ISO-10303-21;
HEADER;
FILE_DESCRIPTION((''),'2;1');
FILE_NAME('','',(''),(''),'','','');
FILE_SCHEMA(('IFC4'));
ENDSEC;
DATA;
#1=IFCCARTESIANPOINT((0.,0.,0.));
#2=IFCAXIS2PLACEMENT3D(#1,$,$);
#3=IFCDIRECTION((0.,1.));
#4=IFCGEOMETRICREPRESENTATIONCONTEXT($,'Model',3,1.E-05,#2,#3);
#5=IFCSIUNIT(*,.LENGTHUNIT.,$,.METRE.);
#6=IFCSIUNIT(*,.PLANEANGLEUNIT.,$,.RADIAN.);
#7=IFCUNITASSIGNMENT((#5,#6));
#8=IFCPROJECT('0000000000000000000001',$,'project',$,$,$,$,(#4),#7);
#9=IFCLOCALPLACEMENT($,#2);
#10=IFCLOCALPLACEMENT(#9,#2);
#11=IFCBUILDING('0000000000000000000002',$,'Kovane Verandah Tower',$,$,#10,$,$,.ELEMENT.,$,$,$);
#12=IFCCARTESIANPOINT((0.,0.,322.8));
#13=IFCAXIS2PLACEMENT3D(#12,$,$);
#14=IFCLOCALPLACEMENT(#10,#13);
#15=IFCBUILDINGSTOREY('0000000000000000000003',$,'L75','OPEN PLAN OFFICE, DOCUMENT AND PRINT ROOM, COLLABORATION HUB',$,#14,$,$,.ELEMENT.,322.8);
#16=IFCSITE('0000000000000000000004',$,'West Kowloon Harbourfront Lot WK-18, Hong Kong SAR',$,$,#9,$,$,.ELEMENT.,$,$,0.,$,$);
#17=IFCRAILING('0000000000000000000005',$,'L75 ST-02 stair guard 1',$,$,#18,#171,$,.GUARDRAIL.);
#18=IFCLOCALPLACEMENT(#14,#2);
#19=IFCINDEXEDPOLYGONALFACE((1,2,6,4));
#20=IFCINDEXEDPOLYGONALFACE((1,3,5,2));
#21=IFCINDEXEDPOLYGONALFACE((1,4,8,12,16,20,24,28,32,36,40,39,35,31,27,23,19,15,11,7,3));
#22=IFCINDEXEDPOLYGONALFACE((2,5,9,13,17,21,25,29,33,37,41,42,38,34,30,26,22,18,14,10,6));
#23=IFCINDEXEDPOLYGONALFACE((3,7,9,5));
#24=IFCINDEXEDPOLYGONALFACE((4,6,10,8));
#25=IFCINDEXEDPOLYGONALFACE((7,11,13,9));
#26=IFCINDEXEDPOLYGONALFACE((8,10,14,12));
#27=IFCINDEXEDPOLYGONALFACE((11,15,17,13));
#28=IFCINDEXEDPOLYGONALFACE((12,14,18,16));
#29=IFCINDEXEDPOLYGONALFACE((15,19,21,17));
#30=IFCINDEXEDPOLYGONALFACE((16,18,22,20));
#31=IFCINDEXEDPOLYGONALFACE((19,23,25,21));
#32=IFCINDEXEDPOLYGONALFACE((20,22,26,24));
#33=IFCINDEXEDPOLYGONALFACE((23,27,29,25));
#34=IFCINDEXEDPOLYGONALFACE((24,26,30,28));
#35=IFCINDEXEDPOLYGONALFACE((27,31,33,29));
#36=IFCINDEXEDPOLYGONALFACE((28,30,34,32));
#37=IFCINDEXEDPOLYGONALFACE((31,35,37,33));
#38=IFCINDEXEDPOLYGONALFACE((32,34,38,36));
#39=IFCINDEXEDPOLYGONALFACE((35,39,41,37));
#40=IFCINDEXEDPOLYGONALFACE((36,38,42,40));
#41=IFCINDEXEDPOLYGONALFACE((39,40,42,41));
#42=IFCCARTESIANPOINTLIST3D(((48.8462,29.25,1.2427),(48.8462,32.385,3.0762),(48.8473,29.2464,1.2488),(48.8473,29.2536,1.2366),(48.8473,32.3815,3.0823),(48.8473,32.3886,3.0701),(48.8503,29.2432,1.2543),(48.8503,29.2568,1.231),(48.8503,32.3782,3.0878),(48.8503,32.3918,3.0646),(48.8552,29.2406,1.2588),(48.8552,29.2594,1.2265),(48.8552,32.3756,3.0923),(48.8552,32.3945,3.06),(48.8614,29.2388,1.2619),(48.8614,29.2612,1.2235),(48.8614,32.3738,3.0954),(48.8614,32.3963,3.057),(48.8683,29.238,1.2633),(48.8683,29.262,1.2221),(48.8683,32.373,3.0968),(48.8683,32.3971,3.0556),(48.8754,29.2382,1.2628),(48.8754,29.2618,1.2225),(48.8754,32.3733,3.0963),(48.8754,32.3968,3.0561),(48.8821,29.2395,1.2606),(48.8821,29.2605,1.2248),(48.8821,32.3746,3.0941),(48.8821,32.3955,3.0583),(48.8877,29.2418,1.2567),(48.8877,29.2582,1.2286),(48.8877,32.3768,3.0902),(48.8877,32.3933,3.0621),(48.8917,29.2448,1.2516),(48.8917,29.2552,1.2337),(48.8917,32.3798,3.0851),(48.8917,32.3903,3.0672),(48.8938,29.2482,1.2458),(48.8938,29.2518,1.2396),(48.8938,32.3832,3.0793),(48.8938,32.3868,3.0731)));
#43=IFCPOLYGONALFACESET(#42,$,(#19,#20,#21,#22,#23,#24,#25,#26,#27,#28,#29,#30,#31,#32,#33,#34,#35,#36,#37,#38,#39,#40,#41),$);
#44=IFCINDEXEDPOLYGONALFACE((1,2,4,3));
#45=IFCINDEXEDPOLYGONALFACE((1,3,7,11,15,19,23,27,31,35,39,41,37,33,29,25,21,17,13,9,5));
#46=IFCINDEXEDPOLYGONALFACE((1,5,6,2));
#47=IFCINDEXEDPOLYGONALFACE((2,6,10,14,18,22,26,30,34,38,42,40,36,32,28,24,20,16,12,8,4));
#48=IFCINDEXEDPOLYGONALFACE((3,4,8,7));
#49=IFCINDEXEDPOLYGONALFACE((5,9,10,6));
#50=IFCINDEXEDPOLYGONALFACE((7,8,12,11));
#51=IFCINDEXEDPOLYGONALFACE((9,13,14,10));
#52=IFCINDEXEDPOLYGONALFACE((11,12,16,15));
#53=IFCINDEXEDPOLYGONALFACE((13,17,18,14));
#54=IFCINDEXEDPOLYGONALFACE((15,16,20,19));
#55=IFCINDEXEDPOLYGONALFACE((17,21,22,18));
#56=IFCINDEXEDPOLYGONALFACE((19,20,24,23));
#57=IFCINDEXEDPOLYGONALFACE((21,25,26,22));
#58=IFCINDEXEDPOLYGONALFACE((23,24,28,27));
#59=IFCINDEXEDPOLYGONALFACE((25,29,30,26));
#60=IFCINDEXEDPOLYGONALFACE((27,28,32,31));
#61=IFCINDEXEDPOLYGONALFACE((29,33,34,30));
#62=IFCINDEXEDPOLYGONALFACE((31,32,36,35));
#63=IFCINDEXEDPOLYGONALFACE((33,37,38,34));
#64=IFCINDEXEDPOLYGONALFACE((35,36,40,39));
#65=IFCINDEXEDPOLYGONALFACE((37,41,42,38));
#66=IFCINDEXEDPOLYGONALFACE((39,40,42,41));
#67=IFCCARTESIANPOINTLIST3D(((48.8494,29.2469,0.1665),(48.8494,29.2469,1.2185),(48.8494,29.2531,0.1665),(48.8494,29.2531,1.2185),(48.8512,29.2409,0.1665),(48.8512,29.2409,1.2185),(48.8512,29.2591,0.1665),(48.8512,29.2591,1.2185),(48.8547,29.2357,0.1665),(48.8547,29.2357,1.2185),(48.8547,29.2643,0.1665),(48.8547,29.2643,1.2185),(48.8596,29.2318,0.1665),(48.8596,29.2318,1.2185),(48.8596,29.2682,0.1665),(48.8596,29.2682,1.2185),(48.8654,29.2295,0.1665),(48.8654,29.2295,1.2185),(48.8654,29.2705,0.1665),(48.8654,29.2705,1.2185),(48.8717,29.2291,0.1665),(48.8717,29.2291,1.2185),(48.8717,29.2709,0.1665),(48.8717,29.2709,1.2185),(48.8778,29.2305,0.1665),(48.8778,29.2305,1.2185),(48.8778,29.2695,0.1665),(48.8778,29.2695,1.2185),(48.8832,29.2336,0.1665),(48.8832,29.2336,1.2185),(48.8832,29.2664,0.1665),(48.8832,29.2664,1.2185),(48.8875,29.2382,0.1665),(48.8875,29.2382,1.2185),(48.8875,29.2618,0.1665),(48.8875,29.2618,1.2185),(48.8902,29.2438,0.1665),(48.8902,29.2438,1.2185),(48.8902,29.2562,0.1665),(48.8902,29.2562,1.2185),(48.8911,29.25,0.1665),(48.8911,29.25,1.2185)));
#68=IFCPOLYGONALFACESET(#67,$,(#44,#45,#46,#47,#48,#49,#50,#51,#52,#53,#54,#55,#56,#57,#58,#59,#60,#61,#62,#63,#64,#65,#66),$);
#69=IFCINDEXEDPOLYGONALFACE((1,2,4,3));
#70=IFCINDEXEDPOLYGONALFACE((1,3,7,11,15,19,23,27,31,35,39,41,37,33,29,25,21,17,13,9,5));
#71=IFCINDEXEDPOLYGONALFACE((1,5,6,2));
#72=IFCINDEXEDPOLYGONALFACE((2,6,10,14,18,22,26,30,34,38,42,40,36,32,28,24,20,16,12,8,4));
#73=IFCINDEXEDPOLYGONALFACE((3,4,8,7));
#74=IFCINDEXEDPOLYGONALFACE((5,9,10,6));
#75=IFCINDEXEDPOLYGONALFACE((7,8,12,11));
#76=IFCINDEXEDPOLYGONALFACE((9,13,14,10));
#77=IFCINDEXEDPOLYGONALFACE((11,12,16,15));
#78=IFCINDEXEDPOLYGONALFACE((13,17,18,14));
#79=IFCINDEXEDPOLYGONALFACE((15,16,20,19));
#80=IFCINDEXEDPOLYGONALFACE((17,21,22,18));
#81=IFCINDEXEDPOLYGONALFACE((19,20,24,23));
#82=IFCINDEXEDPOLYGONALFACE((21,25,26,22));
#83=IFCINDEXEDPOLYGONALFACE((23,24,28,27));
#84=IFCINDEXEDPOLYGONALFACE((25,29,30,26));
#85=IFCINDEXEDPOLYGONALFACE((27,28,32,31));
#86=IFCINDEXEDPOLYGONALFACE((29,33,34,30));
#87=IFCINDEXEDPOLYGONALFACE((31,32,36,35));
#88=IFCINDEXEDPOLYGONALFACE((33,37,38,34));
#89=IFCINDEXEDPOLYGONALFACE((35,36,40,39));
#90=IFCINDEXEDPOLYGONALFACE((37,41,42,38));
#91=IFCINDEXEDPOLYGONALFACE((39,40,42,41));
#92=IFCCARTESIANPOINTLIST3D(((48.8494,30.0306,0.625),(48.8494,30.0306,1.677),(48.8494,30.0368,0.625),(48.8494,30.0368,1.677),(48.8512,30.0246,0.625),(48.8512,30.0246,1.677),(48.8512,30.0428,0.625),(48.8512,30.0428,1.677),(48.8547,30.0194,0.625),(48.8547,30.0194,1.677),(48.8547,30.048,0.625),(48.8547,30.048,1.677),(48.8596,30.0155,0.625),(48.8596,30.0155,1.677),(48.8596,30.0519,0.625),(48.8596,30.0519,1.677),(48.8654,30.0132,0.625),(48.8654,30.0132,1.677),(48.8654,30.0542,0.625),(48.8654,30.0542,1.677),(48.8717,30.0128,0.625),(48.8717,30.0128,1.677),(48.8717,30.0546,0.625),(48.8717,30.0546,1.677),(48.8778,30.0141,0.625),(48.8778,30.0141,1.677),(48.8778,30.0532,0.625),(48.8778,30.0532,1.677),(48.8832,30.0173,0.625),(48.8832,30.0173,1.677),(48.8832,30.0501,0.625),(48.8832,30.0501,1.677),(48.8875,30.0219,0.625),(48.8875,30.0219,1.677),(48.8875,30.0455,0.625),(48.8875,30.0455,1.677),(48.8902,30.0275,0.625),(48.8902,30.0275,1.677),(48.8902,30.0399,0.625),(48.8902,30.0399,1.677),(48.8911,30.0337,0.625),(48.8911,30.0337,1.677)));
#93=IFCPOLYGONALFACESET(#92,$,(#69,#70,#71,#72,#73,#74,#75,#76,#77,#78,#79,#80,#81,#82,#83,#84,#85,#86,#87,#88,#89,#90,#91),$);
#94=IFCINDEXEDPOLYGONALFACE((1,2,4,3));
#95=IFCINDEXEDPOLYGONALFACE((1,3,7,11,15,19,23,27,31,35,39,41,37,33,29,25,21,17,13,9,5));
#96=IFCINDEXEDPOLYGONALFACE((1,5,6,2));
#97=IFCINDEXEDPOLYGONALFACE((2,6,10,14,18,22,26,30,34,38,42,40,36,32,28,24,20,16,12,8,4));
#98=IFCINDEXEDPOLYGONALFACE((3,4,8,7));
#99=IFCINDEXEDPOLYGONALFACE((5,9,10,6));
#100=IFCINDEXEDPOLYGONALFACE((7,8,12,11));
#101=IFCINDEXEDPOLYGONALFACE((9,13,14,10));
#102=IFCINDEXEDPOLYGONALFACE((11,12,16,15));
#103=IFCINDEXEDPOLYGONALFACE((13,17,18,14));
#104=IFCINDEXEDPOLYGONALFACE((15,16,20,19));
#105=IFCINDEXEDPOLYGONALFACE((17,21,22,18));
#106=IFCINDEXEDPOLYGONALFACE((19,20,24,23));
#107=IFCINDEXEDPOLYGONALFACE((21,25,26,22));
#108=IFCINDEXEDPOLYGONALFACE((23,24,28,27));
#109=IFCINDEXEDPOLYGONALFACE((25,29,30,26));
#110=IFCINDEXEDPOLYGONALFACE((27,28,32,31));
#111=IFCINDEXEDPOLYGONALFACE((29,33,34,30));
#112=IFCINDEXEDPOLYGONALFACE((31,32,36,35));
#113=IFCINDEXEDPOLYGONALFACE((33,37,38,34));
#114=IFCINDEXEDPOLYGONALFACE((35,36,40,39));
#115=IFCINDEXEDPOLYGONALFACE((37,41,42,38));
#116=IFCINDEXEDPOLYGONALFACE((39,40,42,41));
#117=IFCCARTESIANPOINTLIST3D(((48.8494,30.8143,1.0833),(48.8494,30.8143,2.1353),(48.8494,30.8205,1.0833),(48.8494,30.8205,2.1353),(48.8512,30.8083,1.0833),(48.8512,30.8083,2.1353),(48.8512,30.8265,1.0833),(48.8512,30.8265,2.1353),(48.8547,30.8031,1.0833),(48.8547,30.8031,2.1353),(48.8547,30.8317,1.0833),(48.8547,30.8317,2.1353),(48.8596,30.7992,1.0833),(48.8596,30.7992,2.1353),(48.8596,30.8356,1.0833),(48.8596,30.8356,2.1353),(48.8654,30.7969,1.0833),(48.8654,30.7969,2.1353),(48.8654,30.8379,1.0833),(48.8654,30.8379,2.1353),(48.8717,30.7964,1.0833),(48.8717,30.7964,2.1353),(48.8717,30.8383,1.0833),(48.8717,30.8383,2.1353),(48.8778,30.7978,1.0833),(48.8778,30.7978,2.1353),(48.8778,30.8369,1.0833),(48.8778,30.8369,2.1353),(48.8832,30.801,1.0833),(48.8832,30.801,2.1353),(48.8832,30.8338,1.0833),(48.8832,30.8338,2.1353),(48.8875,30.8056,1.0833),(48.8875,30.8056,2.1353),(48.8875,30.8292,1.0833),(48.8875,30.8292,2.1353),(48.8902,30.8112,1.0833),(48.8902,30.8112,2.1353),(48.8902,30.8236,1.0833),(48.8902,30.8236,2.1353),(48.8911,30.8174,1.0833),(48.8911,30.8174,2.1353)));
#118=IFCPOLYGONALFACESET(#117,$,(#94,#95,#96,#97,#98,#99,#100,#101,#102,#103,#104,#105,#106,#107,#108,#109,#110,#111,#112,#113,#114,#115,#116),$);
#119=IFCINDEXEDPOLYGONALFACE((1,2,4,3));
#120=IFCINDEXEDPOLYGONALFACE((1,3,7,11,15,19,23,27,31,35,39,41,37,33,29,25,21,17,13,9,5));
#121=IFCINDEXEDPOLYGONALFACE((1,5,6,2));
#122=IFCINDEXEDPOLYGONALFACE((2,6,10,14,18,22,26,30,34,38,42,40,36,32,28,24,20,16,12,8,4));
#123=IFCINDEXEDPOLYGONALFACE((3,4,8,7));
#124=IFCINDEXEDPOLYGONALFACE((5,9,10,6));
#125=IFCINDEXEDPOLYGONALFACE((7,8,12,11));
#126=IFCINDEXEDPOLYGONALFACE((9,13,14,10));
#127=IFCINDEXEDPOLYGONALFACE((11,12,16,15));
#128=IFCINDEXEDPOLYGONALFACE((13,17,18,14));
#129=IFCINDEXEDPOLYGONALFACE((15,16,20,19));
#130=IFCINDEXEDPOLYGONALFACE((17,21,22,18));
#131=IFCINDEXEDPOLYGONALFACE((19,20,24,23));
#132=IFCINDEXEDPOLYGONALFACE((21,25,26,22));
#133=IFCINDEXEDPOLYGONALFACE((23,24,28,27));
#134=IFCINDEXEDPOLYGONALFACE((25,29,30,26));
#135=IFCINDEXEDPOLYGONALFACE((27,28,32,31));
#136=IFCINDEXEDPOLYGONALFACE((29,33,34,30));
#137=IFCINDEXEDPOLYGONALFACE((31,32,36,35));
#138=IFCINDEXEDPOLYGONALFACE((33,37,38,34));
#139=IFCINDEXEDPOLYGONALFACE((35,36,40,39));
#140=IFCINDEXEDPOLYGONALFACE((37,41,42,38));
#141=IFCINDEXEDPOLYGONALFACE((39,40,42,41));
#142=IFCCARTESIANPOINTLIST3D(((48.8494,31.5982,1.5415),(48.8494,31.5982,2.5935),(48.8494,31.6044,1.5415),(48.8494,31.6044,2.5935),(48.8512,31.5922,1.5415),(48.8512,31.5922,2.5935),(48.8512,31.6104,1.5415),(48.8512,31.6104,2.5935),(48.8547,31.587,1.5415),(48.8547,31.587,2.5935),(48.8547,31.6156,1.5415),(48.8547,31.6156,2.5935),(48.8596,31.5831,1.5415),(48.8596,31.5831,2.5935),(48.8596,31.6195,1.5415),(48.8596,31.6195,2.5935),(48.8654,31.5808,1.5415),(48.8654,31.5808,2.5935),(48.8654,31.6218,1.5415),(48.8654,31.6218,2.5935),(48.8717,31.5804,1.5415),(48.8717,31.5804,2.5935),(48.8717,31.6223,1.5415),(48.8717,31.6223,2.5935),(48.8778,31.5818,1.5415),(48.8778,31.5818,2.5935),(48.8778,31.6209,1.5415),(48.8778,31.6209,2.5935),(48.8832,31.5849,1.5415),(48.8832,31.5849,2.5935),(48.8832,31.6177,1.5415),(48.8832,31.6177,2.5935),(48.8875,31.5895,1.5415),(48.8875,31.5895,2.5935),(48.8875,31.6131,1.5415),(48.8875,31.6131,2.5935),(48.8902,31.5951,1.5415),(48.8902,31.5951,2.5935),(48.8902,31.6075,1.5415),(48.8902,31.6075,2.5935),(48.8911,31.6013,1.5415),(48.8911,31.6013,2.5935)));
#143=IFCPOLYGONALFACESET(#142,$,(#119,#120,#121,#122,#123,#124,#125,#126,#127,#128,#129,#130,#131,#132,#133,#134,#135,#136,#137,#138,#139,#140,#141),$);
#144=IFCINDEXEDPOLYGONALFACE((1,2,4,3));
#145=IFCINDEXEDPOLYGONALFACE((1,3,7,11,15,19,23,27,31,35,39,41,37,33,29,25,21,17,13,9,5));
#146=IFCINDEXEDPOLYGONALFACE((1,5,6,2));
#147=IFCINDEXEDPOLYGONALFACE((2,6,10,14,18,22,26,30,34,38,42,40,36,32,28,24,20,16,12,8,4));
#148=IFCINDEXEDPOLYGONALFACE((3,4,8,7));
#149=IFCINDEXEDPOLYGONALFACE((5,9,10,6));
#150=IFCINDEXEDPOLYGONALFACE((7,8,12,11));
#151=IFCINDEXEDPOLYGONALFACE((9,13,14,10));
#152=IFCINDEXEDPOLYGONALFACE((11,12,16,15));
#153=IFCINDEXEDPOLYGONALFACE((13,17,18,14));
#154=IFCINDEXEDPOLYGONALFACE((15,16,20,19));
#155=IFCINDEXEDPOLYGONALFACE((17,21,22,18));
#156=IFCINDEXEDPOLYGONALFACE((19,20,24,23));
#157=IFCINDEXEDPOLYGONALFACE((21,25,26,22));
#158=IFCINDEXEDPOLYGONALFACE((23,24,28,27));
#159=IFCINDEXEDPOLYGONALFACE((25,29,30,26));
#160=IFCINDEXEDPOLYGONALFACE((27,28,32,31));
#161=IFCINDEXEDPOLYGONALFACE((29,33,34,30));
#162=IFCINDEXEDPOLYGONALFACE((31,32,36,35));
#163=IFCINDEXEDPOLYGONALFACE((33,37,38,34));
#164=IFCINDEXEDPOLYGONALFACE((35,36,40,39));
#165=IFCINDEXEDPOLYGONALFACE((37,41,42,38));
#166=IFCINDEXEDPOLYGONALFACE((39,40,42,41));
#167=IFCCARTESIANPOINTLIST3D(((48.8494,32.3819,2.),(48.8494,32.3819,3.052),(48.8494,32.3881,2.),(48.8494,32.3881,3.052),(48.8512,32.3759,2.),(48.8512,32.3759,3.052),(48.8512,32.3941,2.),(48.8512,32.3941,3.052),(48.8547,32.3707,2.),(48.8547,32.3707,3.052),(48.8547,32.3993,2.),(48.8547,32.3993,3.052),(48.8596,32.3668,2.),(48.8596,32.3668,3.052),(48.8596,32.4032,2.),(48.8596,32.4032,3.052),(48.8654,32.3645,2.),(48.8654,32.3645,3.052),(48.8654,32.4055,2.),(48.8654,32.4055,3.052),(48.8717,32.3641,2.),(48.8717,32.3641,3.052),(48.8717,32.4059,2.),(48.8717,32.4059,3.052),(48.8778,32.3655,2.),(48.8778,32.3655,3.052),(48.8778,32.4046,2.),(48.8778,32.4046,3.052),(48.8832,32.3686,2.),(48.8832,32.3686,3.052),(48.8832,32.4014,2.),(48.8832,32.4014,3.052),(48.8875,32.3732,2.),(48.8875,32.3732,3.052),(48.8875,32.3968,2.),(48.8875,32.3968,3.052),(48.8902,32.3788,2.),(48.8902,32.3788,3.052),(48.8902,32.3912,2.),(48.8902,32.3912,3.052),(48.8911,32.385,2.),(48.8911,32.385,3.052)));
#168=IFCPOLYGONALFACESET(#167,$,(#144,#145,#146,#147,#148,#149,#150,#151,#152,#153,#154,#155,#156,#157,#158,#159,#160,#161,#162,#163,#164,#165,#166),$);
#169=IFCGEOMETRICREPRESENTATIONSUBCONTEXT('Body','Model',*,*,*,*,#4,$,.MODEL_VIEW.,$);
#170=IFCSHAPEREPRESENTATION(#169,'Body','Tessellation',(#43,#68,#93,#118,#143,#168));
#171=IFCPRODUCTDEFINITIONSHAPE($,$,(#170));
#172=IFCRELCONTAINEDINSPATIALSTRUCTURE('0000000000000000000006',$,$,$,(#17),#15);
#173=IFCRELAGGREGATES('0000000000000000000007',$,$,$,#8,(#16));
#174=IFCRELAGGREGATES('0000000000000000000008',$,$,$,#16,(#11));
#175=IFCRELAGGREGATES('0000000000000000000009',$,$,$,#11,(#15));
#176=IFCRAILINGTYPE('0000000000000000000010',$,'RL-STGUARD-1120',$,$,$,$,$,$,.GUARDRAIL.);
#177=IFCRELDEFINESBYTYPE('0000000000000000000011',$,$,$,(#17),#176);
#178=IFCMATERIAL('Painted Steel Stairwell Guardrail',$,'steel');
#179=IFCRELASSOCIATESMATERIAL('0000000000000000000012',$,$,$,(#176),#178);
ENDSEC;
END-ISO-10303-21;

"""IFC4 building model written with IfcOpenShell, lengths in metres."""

from ifc_helpers import new_model, si_unit, direction, frame, origin, origin_2d, place, context, subcontext, project, spatial, circle, extrude, material, type_object, element, save


model = new_model("IFC4")

# Units and contexts
model_context = context("Model", 3, precision=1e-05, world=origin(), true_north=direction((0.0, 1.0)))
body_context = subcontext(model_context, "Body", "Model", "MODEL_VIEW")
ifc_project = project(units=[si_unit("LENGTHUNIT", "METRE"), si_unit("PLANEANGLEUNIT", "RADIAN")], contexts=[model_context])

# Site, building, storey
site_placement = place(None, origin())
site = spatial("IfcSite", under=ifc_project, at=site_placement, Name="West Kowloon Harbourfront Lot WK-18, Hong Kong SAR", CompositionType="ELEMENT", RefElevation=0.0)
building_placement = place(site_placement, origin())
building = spatial("IfcBuilding", under=site, at=building_placement, Name="Kovane Verandah Tower", CompositionType="ELEMENT")
storey_placement = place(building_placement, frame((0.0, 0.0, 322.8)))
storey = spatial("IfcBuildingStorey", under=building, at=storey_placement, Name="L75", Description="OPEN PLAN OFFICE, DOCUMENT AND PRINT ROOM, COLLABORATION HUB", CompositionType="ELEMENT", Elevation=322.8)

# Railing
ifc_material_1 = material(Name="Painted Steel Stairwell Guardrail", Category="steel")
railing_type_1 = type_object("IfcRailingType", Name="RL-STGUARD-1120", PredefinedType="GUARDRAIL", material=ifc_material_1)
railing_1_placement = place(storey_placement, frame((48.8701, 29.25, 0.1665)))
element("IfcRailing", 1, at=railing_1_placement, inside=storey, type_object=railing_type_1, Name="L75 ST-02 stair guard 1", PredefinedType="GUARDRAIL", context=body_context, shape_type="SweptSolid", body=[
    extrude(circle(Radius=0.0239, at=origin_2d()), frame((0.0, 0.0, 1.0762), z_axis=(0.0, 0.86321, 0.504845), x_axis=(-1.0, 0.0, 0.0)), (0.0, 0.0, 1.0), 3.6318),
    extrude(circle(Radius=0.021, at=origin_2d()), origin(), (0.0, 0.0, 1.0), 1.052),
    extrude(circle(Radius=0.021, at=origin_2d()), frame((0.0, 0.7837, 0.4585)), (0.0, 0.0, 1.0), 1.052),
    extrude(circle(Radius=0.021, at=origin_2d()), frame((0.0, 1.5674, 0.9167)), (0.0, 0.0, 1.0), 1.052),
    extrude(circle(Radius=0.021, at=origin_2d()), frame((0.0, 2.3513, 1.375)), (0.0, 0.0, 1.0), 1.052),
    extrude(circle(Radius=0.021, at=origin_2d()), frame((0.0, 3.135, 1.8335)), (0.0, 0.0, 1.0), 1.052),
])

save(model, "model.ifc")
